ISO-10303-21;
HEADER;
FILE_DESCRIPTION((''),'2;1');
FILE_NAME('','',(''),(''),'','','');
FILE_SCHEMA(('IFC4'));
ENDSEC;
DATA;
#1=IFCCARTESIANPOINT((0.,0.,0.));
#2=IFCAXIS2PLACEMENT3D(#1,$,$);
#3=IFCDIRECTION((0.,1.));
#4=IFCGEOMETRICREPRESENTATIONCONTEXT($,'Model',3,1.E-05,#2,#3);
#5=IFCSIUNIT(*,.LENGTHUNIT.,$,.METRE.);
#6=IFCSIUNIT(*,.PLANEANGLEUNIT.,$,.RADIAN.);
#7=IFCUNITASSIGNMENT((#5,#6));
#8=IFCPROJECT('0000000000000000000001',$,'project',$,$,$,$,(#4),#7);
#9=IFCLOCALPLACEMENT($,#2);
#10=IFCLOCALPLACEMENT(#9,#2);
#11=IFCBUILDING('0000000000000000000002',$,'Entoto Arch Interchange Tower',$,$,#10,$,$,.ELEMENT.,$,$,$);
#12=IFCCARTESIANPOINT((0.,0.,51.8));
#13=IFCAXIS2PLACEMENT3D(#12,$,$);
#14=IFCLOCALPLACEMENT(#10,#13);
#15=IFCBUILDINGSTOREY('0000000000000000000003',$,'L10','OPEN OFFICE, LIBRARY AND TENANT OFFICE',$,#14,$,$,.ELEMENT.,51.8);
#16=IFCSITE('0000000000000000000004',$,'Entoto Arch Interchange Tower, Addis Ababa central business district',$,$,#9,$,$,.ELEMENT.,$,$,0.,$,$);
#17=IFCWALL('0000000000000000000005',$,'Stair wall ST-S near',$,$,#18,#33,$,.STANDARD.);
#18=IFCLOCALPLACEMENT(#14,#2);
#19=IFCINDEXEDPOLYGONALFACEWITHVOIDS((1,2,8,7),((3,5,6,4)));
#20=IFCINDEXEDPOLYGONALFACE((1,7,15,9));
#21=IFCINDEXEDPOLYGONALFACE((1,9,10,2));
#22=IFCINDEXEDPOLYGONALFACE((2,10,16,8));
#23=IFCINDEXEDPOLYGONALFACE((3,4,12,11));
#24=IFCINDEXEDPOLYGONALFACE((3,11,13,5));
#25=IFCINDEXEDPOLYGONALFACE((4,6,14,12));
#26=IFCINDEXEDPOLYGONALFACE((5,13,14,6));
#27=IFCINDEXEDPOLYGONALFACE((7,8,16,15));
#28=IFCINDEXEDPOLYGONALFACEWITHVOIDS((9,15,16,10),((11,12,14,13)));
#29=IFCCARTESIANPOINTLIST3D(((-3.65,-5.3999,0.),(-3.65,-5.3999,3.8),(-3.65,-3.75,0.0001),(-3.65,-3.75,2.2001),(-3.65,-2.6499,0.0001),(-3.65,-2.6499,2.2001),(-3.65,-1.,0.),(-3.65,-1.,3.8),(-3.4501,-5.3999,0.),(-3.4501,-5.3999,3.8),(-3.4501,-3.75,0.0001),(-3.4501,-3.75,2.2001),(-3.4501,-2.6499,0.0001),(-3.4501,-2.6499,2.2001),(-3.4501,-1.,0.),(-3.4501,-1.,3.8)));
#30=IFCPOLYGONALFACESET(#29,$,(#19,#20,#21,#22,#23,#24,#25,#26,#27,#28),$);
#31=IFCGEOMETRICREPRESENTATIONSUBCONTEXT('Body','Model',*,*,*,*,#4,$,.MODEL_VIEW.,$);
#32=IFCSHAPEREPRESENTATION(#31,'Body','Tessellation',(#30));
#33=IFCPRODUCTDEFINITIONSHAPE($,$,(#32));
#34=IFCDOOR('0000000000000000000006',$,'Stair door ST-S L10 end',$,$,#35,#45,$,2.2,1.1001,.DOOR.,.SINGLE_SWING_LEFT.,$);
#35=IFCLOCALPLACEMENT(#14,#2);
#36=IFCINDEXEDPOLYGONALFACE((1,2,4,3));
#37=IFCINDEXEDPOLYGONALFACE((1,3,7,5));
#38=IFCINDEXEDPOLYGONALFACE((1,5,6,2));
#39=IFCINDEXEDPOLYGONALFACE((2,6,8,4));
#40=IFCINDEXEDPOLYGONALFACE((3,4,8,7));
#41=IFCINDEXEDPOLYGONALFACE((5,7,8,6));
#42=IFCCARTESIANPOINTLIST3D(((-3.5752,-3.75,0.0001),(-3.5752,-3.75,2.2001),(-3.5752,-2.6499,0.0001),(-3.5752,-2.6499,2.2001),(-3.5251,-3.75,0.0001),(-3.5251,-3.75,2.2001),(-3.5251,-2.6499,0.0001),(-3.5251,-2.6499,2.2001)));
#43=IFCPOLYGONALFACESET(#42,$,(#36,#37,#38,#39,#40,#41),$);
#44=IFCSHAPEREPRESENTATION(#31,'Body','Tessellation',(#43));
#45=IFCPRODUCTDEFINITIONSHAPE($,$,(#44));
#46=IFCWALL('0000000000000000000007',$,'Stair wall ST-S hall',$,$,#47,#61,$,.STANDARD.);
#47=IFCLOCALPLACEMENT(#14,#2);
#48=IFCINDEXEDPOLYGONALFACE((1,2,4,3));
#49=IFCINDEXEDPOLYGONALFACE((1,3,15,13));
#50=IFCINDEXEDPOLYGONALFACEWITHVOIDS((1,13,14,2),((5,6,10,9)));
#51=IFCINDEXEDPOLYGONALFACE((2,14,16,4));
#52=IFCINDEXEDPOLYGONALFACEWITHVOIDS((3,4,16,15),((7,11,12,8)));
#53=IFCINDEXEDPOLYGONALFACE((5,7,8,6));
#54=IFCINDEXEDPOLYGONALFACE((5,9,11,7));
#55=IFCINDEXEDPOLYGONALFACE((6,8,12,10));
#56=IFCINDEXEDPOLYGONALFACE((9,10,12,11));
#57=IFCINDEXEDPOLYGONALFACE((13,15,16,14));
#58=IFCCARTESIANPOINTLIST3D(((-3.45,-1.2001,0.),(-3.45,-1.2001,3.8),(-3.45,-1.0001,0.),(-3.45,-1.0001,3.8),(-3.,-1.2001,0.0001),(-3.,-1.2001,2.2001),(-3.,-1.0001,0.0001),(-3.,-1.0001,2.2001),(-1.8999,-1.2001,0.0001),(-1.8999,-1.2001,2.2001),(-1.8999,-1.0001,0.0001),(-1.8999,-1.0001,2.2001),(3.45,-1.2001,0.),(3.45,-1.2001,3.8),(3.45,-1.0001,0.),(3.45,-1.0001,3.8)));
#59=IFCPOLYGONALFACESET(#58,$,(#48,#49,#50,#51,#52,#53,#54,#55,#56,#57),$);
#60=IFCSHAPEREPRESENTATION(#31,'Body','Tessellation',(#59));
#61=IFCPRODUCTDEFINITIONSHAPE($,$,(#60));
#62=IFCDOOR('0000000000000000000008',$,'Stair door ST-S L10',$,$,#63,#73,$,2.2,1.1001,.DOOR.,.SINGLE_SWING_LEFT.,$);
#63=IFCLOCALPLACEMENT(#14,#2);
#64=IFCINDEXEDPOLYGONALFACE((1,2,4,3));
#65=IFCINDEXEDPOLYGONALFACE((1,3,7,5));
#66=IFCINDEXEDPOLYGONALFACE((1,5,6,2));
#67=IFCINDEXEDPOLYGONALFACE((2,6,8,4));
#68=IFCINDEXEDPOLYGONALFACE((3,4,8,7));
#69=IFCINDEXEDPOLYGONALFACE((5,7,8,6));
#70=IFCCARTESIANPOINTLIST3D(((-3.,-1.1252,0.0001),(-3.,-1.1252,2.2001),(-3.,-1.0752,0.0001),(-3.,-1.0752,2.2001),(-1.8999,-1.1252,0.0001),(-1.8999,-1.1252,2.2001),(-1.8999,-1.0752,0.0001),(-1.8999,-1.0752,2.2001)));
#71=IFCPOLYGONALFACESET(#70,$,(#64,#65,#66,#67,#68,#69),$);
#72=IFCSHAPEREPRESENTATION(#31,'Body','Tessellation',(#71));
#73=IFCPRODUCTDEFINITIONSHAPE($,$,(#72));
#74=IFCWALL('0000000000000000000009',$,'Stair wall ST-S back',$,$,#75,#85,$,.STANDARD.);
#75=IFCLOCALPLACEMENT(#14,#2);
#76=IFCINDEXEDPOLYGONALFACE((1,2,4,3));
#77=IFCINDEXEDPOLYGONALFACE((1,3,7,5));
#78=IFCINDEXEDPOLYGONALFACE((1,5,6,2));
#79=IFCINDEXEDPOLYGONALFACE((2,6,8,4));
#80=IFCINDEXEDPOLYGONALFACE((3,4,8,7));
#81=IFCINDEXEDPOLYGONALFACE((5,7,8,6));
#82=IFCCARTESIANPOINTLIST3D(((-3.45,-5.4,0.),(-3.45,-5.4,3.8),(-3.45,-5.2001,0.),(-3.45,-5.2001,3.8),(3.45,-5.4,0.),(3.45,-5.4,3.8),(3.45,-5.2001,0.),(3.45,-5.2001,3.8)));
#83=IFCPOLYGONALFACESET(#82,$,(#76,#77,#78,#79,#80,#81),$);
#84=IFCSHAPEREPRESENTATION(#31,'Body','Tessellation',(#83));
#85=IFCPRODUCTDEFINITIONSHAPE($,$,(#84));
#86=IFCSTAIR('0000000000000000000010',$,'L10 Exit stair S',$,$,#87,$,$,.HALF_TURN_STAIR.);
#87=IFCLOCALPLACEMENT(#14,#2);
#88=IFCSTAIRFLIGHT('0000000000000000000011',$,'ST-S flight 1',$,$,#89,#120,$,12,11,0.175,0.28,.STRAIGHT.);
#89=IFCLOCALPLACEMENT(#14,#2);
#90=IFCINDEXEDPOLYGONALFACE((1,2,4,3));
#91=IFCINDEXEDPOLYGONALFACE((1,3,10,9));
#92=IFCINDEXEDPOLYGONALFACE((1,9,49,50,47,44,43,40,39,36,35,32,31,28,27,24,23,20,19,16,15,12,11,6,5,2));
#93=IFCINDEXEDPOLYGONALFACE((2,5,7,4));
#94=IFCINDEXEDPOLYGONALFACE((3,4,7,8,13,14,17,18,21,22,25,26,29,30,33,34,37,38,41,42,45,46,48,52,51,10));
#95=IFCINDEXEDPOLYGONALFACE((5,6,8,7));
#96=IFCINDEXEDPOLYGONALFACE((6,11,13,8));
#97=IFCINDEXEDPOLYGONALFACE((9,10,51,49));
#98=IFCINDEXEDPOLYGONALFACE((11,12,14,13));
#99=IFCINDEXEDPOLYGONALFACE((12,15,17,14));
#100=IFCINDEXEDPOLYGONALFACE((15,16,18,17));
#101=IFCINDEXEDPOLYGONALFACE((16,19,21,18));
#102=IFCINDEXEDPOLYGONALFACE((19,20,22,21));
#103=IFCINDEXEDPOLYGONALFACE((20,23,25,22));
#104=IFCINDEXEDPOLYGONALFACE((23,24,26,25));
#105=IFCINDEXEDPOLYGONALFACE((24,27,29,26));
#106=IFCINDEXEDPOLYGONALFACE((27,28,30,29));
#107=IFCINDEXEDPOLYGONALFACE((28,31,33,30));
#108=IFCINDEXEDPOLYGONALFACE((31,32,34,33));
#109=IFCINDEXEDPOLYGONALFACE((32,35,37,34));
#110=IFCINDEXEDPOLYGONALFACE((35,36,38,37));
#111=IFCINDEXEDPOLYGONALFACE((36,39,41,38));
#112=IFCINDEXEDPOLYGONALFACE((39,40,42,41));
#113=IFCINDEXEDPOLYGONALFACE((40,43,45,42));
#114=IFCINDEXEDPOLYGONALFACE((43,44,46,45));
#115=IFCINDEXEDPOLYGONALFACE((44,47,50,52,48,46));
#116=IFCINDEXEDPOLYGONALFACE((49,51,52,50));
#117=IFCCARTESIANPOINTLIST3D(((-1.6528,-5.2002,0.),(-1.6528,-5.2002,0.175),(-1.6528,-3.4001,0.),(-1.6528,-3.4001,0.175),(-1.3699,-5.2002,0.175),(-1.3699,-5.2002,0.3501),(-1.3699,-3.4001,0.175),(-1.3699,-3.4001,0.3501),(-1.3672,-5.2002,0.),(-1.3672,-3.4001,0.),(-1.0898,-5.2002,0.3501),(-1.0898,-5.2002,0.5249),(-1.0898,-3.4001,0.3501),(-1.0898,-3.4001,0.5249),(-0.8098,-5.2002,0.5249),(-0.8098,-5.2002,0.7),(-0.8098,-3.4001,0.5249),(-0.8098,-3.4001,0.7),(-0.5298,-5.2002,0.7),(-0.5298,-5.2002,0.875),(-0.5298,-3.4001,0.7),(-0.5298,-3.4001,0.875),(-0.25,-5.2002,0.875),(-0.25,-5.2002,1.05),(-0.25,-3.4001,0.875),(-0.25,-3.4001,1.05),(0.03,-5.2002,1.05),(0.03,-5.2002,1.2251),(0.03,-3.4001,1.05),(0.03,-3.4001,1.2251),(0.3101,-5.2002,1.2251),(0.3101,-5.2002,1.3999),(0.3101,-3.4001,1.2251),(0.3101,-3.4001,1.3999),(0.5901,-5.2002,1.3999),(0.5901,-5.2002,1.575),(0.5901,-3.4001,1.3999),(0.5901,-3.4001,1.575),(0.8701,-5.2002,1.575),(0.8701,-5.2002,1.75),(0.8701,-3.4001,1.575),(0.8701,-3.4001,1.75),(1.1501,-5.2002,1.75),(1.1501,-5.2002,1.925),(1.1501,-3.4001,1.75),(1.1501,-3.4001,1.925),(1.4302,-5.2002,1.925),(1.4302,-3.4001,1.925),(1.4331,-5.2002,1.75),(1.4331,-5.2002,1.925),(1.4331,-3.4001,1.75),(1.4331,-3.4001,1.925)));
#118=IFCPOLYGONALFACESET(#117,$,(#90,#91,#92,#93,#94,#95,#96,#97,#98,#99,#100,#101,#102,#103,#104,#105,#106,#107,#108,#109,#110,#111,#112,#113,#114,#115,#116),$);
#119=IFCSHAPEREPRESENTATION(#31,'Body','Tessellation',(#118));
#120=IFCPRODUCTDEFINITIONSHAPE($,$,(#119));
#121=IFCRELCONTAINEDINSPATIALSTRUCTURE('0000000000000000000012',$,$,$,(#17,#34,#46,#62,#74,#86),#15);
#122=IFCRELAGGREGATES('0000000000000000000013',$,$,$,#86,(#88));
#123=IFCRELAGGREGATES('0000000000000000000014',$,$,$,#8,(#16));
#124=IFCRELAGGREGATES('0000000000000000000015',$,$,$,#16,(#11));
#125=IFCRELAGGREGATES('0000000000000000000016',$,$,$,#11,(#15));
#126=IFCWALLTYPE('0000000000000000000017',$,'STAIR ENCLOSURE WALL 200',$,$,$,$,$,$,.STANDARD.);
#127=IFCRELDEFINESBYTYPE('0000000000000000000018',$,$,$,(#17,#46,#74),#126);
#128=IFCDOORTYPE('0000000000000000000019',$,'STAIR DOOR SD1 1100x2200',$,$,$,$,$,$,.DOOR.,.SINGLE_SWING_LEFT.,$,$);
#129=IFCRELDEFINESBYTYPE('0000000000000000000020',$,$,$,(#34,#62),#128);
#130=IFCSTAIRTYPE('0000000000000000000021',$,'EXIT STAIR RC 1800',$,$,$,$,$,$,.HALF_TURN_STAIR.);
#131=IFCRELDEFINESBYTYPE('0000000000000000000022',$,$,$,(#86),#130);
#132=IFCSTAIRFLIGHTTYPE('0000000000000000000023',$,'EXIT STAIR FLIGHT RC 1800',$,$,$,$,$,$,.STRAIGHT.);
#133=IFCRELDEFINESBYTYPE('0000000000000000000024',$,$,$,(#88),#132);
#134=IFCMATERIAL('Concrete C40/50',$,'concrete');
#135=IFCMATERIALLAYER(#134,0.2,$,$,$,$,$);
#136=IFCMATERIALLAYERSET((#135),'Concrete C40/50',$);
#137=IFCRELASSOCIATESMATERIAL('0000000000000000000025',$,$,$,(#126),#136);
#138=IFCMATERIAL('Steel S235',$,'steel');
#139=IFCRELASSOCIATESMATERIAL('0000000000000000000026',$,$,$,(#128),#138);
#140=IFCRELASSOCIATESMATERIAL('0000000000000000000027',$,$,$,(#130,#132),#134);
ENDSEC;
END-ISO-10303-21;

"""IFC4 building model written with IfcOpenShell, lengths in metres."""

from ifc_helpers import new_model, si_unit, direction, frame, frame_2d, origin, place, context, subcontext, project, spatial, polyline, rectangle, outline, extrude, material, layer, layer_set, type_object, element, fill, aggregate, save


model = new_model("IFC4")

# Units and contexts
model_context = context("Model", 3, precision=1e-05, world=origin(), true_north=direction((0.0, 1.0)))
body_context = subcontext(model_context, "Body", "Model", "MODEL_VIEW")
ifc_project = project(units=[si_unit("LENGTHUNIT", "METRE"), si_unit("PLANEANGLEUNIT", "RADIAN")], contexts=[model_context])

# Site, building, storey
site_placement = place(None, origin())
site = spatial("IfcSite", under=ifc_project, at=site_placement, Name="Entoto Arch Interchange Tower, Addis Ababa central business district", CompositionType="ELEMENT", RefElevation=0.0)
building_placement = place(site_placement, origin())
building = spatial("IfcBuilding", under=site, at=building_placement, Name="Entoto Arch Interchange Tower", CompositionType="ELEMENT")
storey_placement = place(building_placement, frame((0.0, 0.0, 51.8)))
storey = spatial("IfcBuildingStorey", under=building, at=storey_placement, Name="L10", Description="OPEN OFFICE, LIBRARY AND TENANT OFFICE", CompositionType="ELEMENT", Elevation=51.8)

# Shared definitions
ifc_material_1 = material(Name="Concrete C40/50", Category="concrete")

# Walls, openings, doors
ifc_layer_1 = layer(ifc_material_1, 0.2)
ifc_layer_set_1 = layer_set([ifc_layer_1], Name="Concrete C40/50")
wall_type_1 = type_object("IfcWallType", Name="STAIR ENCLOSURE WALL 200", PredefinedType="STANDARD", material=ifc_layer_set_1)
wall_1_placement = place(storey_placement, frame((-3.55, -1.0, 0.0), z_axis=(0.0, 0.0, 1.0), x_axis=(0.0, -1.0, 0.0)))
wall_1 = element("IfcWall", 1, at=wall_1_placement, inside=storey, type_object=wall_type_1, Name="Stair wall ST-S near", PredefinedType="STANDARD", context=body_context, shape_type="SweptSolid", body=[
    extrude(rectangle(XDim=4.3999, YDim=0.2, at=frame_2d((2.2, 0.0))), origin(), (0.0, 0.0, 1.0), 3.8),
])
opening_1_placement = place(wall_1_placement, frame((1.6499, 0.0, 0.0)))
opening_1 = element("IfcOpeningElement", 2, at=opening_1_placement, cuts=wall_1, PredefinedType="OPENING", context=body_context, shape_type="SweptSolid", body=[
    extrude(rectangle(XDim=1.1001, YDim=2.2, at=frame_2d((0.55, 1.1001))), frame((0.0, 0.1099, 0.0), z_axis=(0.0, -1.0, 0.0), x_axis=(1.0, 0.0, 0.0)), (0.0, 0.0, 1.0), 0.22),
])
ifc_material_2 = material(Name="Steel S235", Category="steel")
door_type_1 = type_object("IfcDoorType", Name="STAIR DOOR SD1 1100x2200", OperationType="SINGLE_SWING_LEFT", PredefinedType="DOOR", material=ifc_material_2)
door_1_placement = place(opening_1_placement, origin())
door_1 = element("IfcDoor", 3, at=door_1_placement, inside=storey, type_object=door_type_1, Name="Stair door ST-S L10 end", OperationType="SINGLE_SWING_LEFT", OverallHeight=2.2, OverallWidth=1.1001, PredefinedType="DOOR", context=body_context, shape_type="SweptSolid", body=[
    extrude(rectangle(XDim=1.1001, YDim=2.2, at=frame_2d((0.55, 1.1001))), frame((0.0, 0.0249, 0.0), z_axis=(0.0, -1.0, 0.0), x_axis=(1.0, 0.0, 0.0)), (0.0, 0.0, 1.0), 0.05),
])
fill(opening_1, door_1)
wall_2_placement = place(storey_placement, frame((-3.45, -1.1001, 0.0), z_axis=(0.0, 0.0, 1.0), x_axis=(1.0, 0.0, 0.0)))
wall_2 = element("IfcWall", 4, at=wall_2_placement, inside=storey, type_object=wall_type_1, Name="Stair wall ST-S hall", PredefinedType="STANDARD", context=body_context, shape_type="SweptSolid", body=[
    extrude(rectangle(XDim=6.8999, YDim=0.2, at=frame_2d((3.45, 0.0))), origin(), (0.0, 0.0, 1.0), 3.8),
])
opening_2_placement = place(wall_2_placement, frame((0.45, 0.0, 0.0)))
opening_2 = element("IfcOpeningElement", 5, at=opening_2_placement, cuts=wall_2, PredefinedType="OPENING", context=body_context, shape_type="SweptSolid", body=[
    extrude(rectangle(XDim=1.1001, YDim=2.2, at=frame_2d((0.55, 1.1001))), frame((0.0, 0.1099, 0.0), z_axis=(0.0, -1.0, 0.0), x_axis=(1.0, 0.0, 0.0)), (0.0, 0.0, 1.0), 0.22),
])
door_2_placement = place(opening_2_placement, origin())
door_2 = element("IfcDoor", 6, at=door_2_placement, inside=storey, type_object=door_type_1, Name="Stair door ST-S L10", OperationType="SINGLE_SWING_LEFT", OverallHeight=2.2, OverallWidth=1.1001, PredefinedType="DOOR", context=body_context, shape_type="SweptSolid", body=[
    extrude(rectangle(XDim=1.1001, YDim=2.2, at=frame_2d((0.55, 1.1001))), frame((0.0, 0.0249, 0.0), z_axis=(0.0, -1.0, 0.0), x_axis=(1.0, 0.0, 0.0)), (0.0, 0.0, 1.0), 0.05),
])
fill(opening_2, door_2)

# Wall
wall_3_placement = place(storey_placement, frame((-3.45, -5.3, 0.0), z_axis=(0.0, 0.0, 1.0), x_axis=(1.0, 0.0, 0.0)))
element("IfcWall", 7, at=wall_3_placement, inside=storey, type_object=wall_type_1, Name="Stair wall ST-S back", PredefinedType="STANDARD", context=body_context, shape_type="SweptSolid", body=[
    extrude(rectangle(XDim=6.8999, YDim=0.2, at=frame_2d((3.45, 0.0))), origin(), (0.0, 0.0, 1.0), 3.8),
])

# Stair, stair flight
stair_type = type_object("IfcStairType", Name="EXIT STAIR RC 1800", PredefinedType="HALF_TURN_STAIR", material=ifc_material_1)
stair_placement = place(storey_placement, origin())
stair = element("IfcStair", 8, at=stair_placement, inside=storey, type_object=stair_type, Name="L10 Exit stair S", PredefinedType="HALF_TURN_STAIR")
stair_flight_type = type_object("IfcStairFlightType", Name="EXIT STAIR FLIGHT RC 1800", PredefinedType="STRAIGHT", material=ifc_material_1)
stair_flight_placement = place(storey_placement, frame((-1.6499, -4.3, 0.0), z_axis=(0.0, 0.0, 1.0), x_axis=(1.0, 0.0, 0.0)))
stair_flight = element("IfcStairFlight", 9, at=stair_flight_placement, type_object=stair_flight_type, Name="ST-S flight 1", NumberOfRisers=12, NumberOfTreads=11, PredefinedType="STRAIGHT", RiserHeight=0.175, TreadLength=0.28, context=body_context, shape_type="SweptSolid", body=[
    extrude(outline(polyline([(-0.0029, 0.0), (-0.0029, 0.175), (0.28, 0.175), (0.28, 0.3501), (0.5601, 0.3501), (0.5601, 0.5249), (0.8401, 0.5249), (0.8401, 0.7), (1.1201, 0.7), (1.1201, 0.875), (1.3999, 0.875), (1.3999, 1.05), (1.6799, 1.05), (1.6799, 1.2251), (1.96, 1.2251), (1.96, 1.3999), (2.24, 1.3999), (2.24, 1.575), (2.52, 1.575), (2.52, 1.75), (2.8, 1.75), (2.8, 1.925), (3.0801, 1.925), (3.083, 1.925), (3.083, 1.75), (0.2827, 0.0), (-0.0029, 0.0)])), frame((0.0, 0.8999, 0.0), z_axis=(0.0, -1.0, 0.0), x_axis=(1.0, 0.0, 0.0)), (0.0, 0.0, 1.0), 1.8),
])
aggregate(stair, [stair_flight])

save(model, "model.ifc")
